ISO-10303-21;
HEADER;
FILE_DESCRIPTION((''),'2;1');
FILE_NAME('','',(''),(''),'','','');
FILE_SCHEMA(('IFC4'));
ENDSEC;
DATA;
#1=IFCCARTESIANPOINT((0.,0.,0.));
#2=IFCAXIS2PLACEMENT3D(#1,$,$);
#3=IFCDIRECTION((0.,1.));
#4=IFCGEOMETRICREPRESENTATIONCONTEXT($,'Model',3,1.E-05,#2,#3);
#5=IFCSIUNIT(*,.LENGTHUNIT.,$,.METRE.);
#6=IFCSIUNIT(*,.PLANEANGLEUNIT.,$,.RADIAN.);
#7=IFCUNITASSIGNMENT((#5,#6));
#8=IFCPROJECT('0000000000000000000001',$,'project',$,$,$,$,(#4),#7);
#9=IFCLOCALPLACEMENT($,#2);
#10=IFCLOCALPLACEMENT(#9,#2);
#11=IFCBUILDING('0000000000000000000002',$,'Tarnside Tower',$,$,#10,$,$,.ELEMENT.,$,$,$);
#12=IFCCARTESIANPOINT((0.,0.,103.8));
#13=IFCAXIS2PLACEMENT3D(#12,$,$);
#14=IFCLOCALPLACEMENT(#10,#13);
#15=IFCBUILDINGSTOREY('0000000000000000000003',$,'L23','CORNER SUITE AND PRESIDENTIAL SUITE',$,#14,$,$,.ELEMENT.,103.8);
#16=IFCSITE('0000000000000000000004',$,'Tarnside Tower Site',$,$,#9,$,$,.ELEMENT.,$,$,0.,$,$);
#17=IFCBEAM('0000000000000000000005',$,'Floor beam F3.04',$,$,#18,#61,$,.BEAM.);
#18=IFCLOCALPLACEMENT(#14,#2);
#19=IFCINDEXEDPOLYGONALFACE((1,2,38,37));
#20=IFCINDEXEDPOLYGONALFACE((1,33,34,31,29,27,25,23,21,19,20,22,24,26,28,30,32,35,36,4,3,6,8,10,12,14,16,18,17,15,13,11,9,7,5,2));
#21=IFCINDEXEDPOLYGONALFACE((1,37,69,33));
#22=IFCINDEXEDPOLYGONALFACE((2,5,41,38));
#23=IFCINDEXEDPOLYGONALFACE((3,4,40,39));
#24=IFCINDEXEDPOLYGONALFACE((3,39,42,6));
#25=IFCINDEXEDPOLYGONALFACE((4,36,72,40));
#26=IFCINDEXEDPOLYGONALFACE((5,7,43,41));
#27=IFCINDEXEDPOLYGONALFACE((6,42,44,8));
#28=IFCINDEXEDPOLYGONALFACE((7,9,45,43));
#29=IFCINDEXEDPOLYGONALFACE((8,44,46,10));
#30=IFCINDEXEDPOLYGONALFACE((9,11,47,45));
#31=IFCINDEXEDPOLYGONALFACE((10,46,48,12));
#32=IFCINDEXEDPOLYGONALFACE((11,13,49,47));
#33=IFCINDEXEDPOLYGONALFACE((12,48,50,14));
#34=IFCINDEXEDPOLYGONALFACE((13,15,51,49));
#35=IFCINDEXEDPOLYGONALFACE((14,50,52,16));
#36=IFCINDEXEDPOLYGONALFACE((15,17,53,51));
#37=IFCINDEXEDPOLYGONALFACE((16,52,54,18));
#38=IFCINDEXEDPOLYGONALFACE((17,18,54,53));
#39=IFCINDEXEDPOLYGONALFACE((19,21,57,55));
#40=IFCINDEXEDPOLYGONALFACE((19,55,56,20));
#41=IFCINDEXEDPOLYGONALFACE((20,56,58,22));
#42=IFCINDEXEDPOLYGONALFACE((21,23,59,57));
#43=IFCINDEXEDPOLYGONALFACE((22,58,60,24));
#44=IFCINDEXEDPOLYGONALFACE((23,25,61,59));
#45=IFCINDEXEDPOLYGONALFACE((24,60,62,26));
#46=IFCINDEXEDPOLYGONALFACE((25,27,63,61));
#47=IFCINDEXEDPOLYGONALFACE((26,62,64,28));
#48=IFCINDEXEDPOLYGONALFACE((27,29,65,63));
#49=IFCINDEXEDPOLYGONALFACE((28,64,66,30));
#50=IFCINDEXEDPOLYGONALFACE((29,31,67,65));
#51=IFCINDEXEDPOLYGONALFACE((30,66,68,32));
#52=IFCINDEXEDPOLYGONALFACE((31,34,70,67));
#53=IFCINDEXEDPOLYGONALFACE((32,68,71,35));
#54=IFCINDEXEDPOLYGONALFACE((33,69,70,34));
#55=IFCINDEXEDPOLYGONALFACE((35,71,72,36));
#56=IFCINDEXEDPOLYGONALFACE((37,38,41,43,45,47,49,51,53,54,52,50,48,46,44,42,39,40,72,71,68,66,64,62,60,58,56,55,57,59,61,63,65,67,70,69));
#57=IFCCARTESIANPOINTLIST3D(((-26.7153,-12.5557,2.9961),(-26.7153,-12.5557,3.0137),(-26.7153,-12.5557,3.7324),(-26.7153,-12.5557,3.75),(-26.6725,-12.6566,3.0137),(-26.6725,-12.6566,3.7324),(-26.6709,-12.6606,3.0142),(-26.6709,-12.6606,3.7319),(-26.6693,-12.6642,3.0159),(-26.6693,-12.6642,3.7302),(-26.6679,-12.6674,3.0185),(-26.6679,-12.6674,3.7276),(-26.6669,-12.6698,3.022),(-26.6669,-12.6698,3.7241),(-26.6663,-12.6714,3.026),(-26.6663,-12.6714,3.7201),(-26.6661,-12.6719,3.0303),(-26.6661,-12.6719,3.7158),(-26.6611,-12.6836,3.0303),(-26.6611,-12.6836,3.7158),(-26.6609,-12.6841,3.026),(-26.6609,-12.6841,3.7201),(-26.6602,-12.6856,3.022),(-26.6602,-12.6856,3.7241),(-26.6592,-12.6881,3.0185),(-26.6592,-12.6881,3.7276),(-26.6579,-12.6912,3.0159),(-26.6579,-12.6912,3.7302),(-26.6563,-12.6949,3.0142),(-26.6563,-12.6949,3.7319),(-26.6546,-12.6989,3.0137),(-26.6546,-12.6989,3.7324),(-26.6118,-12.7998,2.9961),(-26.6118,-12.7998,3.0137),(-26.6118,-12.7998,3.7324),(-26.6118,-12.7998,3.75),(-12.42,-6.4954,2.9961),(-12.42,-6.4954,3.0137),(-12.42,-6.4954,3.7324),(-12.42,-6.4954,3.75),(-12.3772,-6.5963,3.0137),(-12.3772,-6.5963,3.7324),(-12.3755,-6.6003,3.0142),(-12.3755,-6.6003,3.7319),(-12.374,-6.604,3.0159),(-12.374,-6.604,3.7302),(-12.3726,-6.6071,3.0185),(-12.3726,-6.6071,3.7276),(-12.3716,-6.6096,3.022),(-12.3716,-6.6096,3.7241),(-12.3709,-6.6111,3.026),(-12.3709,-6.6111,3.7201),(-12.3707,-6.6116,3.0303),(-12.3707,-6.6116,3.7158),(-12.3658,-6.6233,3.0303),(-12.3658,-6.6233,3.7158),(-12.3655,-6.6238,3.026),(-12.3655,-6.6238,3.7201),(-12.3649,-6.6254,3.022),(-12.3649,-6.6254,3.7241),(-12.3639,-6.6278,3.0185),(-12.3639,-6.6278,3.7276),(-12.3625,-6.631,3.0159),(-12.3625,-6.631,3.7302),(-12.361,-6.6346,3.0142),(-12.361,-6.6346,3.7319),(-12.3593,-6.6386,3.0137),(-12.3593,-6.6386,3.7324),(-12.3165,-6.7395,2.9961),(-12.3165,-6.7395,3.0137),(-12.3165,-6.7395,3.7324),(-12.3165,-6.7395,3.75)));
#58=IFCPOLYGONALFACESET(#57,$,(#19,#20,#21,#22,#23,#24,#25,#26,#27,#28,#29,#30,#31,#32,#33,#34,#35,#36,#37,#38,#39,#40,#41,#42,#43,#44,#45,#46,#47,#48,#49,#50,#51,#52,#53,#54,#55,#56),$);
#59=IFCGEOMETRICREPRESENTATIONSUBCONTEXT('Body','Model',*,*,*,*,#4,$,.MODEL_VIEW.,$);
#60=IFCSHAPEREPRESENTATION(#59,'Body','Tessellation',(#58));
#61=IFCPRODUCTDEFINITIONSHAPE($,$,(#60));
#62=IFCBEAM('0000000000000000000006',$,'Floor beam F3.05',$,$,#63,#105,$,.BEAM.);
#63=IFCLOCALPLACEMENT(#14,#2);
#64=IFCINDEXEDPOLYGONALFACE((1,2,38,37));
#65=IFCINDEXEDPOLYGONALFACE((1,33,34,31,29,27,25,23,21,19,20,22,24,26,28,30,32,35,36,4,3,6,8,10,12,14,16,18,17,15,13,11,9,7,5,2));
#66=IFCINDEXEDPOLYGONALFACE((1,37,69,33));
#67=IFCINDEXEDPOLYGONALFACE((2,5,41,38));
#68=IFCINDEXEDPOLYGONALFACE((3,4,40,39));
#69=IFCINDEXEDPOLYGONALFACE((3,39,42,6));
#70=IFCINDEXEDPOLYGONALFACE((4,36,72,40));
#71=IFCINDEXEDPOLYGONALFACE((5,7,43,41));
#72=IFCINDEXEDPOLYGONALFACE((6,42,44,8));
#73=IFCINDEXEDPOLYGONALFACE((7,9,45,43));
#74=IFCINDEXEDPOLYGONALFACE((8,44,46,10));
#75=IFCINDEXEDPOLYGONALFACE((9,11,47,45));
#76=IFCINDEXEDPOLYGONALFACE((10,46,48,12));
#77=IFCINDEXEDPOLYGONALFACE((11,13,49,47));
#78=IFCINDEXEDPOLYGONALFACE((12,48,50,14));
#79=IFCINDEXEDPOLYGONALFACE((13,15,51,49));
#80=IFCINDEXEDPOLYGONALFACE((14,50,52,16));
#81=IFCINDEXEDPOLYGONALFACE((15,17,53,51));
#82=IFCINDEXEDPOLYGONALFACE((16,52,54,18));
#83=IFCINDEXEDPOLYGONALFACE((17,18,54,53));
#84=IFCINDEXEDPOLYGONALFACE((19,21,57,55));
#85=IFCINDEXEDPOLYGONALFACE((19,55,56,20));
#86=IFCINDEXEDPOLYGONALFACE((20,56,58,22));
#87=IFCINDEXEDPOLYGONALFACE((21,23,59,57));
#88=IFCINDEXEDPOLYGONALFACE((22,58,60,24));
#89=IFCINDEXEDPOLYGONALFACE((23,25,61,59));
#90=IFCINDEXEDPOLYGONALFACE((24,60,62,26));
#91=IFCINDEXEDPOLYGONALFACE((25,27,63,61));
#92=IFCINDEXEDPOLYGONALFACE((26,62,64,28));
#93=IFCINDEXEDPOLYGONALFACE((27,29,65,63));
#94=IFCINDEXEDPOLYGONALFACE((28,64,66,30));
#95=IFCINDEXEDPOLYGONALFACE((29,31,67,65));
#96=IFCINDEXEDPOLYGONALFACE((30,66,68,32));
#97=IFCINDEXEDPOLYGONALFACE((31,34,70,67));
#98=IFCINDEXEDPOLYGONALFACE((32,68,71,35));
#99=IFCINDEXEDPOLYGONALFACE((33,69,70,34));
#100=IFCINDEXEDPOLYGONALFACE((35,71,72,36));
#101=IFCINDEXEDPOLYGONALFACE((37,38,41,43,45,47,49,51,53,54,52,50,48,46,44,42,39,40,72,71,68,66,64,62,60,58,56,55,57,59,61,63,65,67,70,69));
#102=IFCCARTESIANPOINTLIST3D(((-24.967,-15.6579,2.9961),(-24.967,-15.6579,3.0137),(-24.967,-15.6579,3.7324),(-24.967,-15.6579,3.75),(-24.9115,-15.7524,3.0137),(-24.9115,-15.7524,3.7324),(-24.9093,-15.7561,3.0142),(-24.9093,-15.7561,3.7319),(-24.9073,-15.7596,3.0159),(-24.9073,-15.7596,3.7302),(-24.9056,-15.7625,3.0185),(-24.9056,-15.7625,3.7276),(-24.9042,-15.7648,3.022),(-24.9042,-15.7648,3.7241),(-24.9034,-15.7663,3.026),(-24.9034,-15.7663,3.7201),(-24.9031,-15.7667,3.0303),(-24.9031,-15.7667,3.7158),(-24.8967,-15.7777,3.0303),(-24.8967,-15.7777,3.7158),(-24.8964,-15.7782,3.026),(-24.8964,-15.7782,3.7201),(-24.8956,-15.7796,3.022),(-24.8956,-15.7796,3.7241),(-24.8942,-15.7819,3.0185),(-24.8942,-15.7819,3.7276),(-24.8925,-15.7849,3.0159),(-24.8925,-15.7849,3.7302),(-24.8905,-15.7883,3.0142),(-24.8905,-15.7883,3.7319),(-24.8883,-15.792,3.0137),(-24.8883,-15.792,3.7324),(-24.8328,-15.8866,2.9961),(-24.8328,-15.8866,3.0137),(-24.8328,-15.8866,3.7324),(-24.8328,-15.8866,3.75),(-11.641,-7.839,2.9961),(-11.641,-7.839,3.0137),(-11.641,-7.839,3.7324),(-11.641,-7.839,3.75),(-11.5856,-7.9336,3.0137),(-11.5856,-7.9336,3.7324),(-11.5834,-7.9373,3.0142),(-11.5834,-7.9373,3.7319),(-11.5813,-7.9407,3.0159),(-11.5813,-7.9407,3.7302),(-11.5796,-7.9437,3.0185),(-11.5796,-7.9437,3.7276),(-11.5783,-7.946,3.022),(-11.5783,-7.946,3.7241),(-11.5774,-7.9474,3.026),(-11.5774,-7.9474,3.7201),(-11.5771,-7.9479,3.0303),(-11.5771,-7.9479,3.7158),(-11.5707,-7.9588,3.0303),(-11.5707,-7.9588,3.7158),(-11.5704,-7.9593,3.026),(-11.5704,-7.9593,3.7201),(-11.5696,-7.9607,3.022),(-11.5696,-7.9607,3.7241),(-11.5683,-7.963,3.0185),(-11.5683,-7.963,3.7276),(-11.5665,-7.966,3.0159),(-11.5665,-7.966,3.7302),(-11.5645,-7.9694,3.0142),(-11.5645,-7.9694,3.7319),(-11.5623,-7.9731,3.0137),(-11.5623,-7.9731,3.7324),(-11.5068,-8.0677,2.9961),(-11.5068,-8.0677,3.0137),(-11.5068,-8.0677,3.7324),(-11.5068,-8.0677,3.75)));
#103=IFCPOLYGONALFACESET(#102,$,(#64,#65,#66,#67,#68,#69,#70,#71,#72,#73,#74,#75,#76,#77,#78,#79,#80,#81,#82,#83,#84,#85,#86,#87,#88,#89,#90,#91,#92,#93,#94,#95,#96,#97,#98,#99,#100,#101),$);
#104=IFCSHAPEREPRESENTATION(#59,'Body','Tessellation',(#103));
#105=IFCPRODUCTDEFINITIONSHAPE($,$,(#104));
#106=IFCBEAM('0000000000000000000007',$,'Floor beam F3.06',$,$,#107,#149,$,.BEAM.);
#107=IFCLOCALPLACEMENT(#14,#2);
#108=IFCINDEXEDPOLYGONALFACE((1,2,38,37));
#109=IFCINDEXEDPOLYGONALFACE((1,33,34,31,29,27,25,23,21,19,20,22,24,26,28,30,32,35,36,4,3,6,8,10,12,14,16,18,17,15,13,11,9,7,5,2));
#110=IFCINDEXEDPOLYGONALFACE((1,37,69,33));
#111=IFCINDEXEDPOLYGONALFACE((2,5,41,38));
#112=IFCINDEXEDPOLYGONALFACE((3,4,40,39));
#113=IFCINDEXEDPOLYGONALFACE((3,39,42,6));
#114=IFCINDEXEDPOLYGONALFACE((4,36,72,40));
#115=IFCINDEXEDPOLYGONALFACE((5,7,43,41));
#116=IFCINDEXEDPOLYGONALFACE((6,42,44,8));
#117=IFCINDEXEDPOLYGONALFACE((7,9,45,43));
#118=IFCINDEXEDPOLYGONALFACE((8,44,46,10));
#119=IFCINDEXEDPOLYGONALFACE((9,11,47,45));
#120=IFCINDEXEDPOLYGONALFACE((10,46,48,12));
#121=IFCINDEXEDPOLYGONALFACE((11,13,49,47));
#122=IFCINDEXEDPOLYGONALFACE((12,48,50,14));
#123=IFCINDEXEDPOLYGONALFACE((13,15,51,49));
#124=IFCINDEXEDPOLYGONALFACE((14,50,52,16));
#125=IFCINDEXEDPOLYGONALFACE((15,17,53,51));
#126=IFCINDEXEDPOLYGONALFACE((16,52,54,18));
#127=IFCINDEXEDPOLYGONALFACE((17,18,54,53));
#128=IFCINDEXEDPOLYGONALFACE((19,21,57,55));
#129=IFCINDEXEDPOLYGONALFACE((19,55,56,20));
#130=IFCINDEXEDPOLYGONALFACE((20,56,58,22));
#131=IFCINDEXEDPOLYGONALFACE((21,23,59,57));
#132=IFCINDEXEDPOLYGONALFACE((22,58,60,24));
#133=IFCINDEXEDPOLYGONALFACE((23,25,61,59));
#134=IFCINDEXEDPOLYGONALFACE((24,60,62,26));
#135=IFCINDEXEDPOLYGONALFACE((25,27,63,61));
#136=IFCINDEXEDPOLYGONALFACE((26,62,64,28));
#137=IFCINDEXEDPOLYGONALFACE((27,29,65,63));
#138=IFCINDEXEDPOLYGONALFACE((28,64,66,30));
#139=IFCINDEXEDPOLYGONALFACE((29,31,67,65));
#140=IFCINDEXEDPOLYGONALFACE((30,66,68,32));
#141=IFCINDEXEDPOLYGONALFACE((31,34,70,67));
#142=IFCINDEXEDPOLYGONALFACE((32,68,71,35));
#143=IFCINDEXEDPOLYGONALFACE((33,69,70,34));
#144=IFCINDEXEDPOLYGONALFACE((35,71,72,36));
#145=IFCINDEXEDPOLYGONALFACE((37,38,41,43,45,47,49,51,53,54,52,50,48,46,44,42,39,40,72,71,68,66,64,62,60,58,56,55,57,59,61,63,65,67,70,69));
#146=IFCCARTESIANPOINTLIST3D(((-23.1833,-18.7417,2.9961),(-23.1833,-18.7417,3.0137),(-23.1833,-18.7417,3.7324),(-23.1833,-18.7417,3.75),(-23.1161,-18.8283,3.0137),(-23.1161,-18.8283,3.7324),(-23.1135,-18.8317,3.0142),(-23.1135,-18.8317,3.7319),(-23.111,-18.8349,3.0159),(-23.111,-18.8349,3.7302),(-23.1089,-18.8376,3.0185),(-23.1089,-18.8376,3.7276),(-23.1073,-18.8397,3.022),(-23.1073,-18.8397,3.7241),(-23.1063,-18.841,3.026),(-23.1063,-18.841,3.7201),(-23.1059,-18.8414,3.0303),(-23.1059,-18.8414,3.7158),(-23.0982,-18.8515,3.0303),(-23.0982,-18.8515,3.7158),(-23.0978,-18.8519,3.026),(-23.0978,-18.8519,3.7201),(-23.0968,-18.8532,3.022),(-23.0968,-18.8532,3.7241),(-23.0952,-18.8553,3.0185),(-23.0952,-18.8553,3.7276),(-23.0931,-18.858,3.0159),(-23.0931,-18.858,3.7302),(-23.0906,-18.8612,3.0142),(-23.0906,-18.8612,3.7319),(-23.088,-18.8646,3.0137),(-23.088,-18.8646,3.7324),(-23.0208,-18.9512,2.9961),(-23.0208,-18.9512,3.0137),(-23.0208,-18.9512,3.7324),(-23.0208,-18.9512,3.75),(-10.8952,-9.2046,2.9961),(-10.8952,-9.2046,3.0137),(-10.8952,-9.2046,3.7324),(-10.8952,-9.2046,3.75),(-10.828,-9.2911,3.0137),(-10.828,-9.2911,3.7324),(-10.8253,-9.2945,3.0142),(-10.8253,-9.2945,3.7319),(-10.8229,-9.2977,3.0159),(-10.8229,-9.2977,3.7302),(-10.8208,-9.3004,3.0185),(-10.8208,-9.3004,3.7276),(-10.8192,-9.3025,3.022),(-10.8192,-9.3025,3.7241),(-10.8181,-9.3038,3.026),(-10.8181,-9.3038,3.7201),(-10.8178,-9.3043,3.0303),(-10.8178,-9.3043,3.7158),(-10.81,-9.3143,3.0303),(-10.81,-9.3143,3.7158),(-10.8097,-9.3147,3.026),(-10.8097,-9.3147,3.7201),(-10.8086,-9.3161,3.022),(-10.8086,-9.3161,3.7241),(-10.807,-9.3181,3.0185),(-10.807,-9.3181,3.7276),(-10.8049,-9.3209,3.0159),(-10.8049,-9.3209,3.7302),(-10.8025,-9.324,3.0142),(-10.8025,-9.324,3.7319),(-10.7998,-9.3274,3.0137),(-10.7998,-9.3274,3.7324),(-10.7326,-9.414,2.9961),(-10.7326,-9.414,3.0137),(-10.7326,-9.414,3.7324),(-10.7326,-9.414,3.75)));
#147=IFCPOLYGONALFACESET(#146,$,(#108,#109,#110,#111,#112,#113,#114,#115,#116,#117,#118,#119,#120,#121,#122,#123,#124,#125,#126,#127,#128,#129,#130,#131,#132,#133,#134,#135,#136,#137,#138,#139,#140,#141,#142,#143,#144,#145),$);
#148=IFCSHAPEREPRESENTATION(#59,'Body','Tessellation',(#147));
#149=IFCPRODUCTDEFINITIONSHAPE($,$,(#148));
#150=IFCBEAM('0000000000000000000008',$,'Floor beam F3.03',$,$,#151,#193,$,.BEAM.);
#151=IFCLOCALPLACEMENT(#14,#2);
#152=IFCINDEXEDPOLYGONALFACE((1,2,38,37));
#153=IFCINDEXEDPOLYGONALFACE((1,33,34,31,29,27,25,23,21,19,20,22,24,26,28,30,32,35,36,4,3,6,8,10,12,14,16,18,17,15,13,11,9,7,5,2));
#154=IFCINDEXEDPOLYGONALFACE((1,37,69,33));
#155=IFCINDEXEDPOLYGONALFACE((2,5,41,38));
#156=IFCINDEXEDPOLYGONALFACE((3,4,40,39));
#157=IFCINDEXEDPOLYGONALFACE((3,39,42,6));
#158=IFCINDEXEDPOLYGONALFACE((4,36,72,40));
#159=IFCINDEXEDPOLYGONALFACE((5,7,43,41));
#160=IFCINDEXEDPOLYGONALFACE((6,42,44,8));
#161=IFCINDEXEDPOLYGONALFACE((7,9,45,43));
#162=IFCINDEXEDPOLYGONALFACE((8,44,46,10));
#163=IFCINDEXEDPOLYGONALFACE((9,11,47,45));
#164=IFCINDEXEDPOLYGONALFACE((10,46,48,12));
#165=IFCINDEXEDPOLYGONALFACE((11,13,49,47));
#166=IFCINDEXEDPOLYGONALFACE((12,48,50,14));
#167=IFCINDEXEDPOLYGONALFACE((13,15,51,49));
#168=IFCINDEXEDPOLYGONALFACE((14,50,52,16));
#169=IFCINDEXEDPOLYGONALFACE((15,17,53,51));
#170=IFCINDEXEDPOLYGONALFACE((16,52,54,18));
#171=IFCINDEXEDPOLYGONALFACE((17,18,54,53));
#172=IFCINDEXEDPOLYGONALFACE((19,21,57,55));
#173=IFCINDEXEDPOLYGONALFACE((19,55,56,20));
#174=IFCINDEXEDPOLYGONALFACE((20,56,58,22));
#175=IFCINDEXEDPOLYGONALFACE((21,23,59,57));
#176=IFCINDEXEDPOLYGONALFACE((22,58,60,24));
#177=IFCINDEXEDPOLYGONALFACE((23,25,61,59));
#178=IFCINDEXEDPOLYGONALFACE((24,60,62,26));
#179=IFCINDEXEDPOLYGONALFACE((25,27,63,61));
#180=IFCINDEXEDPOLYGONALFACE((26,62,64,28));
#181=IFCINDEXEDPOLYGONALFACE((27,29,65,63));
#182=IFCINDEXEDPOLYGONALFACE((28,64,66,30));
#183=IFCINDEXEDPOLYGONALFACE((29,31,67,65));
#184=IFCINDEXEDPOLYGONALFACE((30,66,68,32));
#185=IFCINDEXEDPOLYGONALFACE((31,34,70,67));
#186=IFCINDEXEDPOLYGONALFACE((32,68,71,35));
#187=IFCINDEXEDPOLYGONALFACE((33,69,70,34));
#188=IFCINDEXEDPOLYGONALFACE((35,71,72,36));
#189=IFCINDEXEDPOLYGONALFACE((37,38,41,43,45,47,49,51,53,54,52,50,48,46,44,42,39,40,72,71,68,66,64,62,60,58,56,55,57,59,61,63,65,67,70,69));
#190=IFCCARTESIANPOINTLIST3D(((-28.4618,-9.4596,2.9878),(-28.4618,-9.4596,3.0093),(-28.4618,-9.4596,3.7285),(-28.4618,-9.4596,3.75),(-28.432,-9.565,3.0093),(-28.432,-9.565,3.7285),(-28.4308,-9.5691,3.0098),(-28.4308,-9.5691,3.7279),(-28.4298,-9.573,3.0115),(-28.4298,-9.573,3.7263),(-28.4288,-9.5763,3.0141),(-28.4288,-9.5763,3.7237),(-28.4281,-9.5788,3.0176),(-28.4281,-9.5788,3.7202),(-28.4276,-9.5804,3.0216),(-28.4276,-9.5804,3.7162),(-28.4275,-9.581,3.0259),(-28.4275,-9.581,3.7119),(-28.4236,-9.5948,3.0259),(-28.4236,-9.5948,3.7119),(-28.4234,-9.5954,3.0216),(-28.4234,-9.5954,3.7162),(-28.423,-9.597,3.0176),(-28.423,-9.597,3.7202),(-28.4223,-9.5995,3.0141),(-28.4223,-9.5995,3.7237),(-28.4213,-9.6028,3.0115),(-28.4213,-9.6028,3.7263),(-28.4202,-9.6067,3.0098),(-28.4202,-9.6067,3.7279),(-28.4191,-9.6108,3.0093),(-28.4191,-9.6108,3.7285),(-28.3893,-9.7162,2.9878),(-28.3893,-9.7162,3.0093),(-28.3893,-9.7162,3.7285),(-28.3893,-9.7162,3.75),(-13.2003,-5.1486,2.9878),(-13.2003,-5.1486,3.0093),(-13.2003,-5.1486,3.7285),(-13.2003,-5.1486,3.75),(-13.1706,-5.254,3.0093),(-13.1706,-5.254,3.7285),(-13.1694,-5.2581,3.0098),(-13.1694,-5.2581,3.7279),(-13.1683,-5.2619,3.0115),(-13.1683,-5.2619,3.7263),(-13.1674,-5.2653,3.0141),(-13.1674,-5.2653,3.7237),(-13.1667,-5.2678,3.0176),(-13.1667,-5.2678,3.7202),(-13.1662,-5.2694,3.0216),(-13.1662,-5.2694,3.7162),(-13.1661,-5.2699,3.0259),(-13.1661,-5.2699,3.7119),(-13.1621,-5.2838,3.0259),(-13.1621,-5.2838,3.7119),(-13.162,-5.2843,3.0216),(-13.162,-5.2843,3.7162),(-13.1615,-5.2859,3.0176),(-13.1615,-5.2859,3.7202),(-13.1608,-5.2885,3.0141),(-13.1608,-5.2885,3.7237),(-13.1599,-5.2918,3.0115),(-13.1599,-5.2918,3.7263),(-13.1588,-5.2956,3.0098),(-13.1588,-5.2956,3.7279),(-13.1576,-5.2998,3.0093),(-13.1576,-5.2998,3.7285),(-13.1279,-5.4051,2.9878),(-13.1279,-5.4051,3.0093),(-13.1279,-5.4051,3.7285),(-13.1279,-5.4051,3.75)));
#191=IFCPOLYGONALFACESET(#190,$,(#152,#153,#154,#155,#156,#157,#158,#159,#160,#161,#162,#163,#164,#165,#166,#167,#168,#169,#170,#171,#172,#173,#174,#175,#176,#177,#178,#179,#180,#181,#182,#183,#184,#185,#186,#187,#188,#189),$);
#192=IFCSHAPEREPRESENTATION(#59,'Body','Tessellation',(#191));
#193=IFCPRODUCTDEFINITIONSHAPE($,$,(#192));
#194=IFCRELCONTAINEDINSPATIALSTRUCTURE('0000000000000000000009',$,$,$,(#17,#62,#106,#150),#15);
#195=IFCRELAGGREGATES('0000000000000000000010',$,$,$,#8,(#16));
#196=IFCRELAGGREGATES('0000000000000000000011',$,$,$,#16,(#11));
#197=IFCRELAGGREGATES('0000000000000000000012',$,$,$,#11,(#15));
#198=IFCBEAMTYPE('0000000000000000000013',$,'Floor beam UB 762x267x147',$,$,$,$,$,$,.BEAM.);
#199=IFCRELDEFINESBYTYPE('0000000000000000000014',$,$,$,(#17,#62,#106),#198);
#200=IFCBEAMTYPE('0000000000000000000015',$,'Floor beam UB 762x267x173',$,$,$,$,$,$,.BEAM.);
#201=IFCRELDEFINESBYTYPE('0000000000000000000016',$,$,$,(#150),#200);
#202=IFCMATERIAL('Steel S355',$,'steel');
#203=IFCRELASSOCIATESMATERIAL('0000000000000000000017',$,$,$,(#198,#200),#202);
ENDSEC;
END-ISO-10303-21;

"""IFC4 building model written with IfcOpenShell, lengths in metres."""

from ifc_helpers import new_model, si_unit, direction, frame, origin, origin_2d, place, context, subcontext, project, spatial, i_section, extrude, material, material_profile, profile_set, type_object, element, save


model = new_model("IFC4")

# Units and contexts
model_context = context("Model", 3, precision=1e-05, world=origin(), true_north=direction((0.0, 1.0)))
body_context = subcontext(model_context, "Body", "Model", "MODEL_VIEW")
ifc_project = project(units=[si_unit("LENGTHUNIT", "METRE"), si_unit("PLANEANGLEUNIT", "RADIAN")], contexts=[model_context])

# Site, building, storey
site_placement = place(None, origin())
site = spatial("IfcSite", under=ifc_project, at=site_placement, Name="Tarnside Tower Site", CompositionType="ELEMENT", RefElevation=0.0)
building_placement = place(site_placement, origin())
building = spatial("IfcBuilding", under=site, at=building_placement, Name="Tarnside Tower", CompositionType="ELEMENT")
storey_placement = place(building_placement, frame((0.0, 0.0, 103.8)))
storey = spatial("IfcBuildingStorey", under=building, at=storey_placement, Name="L23", Description="CORNER SUITE AND PRESIDENTIAL SUITE", CompositionType="ELEMENT", Elevation=103.8)

# Beams
ifc_material_1 = material(Name="Steel S355", Category="steel")
ifc_material_profile_1 = material_profile(ifc_material_1, i_section(OverallWidth=0.2651, OverallDepth=0.7539, WebThickness=0.0127, FlangeThickness=0.0176, FilletRadius=0.0166, at=origin_2d()), Name="UB 762x267x147")
ifc_profile_set_1 = profile_set([ifc_material_profile_1], Name="Steel S355")
beam_type_1 = type_object("IfcBeamType", Name="Floor beam UB 762x267x147", PredefinedType="BEAM", material=ifc_profile_set_1)
beam_1_placement = place(storey_placement, frame((-26.6636, -12.6777, 3.373), z_axis=(0.920684, 0.390309, 0.0), x_axis=(-0.390309, 0.920684, 0.0)))
element("IfcBeam", 1, at=beam_1_placement, inside=storey, type_object=beam_type_1, Name="Floor beam F3.04", PredefinedType="BEAM", context=body_context, shape_type="SweptSolid", body=[
    extrude(i_section(OverallWidth=0.2651, OverallDepth=0.7539, WebThickness=0.0127, FlangeThickness=0.0176, FilletRadius=0.0166, at=origin_2d()), origin(), (0.0, 0.0, 1.0), 15.5269),
])
beam_2_placement = place(storey_placement, frame((-24.8999, -15.7722, 3.373), z_axis=(0.862498, 0.506061, 0.0), x_axis=(-0.506061, 0.862498, 0.0)))
element("IfcBeam", 2, at=beam_2_placement, inside=storey, type_object=beam_type_1, Name="Floor beam F3.05", PredefinedType="BEAM", context=body_context, shape_type="SweptSolid", body=[
    extrude(i_section(OverallWidth=0.2651, OverallDepth=0.7539, WebThickness=0.0127, FlangeThickness=0.0176, FilletRadius=0.0166, at=origin_2d()), origin(), (0.0, 0.0, 1.0), 15.4504),
])
beam_3_placement = place(storey_placement, frame((-23.1021, -18.8464, 3.373), z_axis=(0.789984, 0.613128, 0.0), x_axis=(-0.613128, 0.789984, 0.0)))
element("IfcBeam", 3, at=beam_3_placement, inside=storey, type_object=beam_type_1, Name="Floor beam F3.06", PredefinedType="BEAM", context=body_context, shape_type="SweptSolid", body=[
    extrude(i_section(OverallWidth=0.2651, OverallDepth=0.7539, WebThickness=0.0127, FlangeThickness=0.0176, FilletRadius=0.0166, at=origin_2d()), origin(), (0.0, 0.0, 1.0), 15.5549),
])
ifc_material_profile_2 = material_profile(ifc_material_1, i_section(OverallWidth=0.2666, OverallDepth=0.7622, WebThickness=0.0144, FlangeThickness=0.0215, FilletRadius=0.0166, at=origin_2d()), Name="UB 762x267x173")
ifc_profile_set_2 = profile_set([ifc_material_profile_2], Name="Steel S355")
beam_type_2 = type_object("IfcBeamType", Name="Floor beam UB 762x267x173", PredefinedType="BEAM", material=ifc_profile_set_2)
beam_4_placement = place(storey_placement, frame((-28.4255, -9.5879, 3.3689), z_axis=(0.962342, 0.271841, 0.0), x_axis=(-0.271841, 0.962342, 0.0)))
element("IfcBeam", 4, at=beam_4_placement, inside=storey, type_object=beam_type_2, Name="Floor beam F3.03", PredefinedType="BEAM", context=body_context, shape_type="SweptSolid", body=[
    extrude(i_section(OverallWidth=0.2666, OverallDepth=0.7622, WebThickness=0.0144, FlangeThickness=0.0215, FilletRadius=0.0166, at=origin_2d()), origin(), (0.0, 0.0, 1.0), 15.8586),
])

save(model, "model.ifc")
